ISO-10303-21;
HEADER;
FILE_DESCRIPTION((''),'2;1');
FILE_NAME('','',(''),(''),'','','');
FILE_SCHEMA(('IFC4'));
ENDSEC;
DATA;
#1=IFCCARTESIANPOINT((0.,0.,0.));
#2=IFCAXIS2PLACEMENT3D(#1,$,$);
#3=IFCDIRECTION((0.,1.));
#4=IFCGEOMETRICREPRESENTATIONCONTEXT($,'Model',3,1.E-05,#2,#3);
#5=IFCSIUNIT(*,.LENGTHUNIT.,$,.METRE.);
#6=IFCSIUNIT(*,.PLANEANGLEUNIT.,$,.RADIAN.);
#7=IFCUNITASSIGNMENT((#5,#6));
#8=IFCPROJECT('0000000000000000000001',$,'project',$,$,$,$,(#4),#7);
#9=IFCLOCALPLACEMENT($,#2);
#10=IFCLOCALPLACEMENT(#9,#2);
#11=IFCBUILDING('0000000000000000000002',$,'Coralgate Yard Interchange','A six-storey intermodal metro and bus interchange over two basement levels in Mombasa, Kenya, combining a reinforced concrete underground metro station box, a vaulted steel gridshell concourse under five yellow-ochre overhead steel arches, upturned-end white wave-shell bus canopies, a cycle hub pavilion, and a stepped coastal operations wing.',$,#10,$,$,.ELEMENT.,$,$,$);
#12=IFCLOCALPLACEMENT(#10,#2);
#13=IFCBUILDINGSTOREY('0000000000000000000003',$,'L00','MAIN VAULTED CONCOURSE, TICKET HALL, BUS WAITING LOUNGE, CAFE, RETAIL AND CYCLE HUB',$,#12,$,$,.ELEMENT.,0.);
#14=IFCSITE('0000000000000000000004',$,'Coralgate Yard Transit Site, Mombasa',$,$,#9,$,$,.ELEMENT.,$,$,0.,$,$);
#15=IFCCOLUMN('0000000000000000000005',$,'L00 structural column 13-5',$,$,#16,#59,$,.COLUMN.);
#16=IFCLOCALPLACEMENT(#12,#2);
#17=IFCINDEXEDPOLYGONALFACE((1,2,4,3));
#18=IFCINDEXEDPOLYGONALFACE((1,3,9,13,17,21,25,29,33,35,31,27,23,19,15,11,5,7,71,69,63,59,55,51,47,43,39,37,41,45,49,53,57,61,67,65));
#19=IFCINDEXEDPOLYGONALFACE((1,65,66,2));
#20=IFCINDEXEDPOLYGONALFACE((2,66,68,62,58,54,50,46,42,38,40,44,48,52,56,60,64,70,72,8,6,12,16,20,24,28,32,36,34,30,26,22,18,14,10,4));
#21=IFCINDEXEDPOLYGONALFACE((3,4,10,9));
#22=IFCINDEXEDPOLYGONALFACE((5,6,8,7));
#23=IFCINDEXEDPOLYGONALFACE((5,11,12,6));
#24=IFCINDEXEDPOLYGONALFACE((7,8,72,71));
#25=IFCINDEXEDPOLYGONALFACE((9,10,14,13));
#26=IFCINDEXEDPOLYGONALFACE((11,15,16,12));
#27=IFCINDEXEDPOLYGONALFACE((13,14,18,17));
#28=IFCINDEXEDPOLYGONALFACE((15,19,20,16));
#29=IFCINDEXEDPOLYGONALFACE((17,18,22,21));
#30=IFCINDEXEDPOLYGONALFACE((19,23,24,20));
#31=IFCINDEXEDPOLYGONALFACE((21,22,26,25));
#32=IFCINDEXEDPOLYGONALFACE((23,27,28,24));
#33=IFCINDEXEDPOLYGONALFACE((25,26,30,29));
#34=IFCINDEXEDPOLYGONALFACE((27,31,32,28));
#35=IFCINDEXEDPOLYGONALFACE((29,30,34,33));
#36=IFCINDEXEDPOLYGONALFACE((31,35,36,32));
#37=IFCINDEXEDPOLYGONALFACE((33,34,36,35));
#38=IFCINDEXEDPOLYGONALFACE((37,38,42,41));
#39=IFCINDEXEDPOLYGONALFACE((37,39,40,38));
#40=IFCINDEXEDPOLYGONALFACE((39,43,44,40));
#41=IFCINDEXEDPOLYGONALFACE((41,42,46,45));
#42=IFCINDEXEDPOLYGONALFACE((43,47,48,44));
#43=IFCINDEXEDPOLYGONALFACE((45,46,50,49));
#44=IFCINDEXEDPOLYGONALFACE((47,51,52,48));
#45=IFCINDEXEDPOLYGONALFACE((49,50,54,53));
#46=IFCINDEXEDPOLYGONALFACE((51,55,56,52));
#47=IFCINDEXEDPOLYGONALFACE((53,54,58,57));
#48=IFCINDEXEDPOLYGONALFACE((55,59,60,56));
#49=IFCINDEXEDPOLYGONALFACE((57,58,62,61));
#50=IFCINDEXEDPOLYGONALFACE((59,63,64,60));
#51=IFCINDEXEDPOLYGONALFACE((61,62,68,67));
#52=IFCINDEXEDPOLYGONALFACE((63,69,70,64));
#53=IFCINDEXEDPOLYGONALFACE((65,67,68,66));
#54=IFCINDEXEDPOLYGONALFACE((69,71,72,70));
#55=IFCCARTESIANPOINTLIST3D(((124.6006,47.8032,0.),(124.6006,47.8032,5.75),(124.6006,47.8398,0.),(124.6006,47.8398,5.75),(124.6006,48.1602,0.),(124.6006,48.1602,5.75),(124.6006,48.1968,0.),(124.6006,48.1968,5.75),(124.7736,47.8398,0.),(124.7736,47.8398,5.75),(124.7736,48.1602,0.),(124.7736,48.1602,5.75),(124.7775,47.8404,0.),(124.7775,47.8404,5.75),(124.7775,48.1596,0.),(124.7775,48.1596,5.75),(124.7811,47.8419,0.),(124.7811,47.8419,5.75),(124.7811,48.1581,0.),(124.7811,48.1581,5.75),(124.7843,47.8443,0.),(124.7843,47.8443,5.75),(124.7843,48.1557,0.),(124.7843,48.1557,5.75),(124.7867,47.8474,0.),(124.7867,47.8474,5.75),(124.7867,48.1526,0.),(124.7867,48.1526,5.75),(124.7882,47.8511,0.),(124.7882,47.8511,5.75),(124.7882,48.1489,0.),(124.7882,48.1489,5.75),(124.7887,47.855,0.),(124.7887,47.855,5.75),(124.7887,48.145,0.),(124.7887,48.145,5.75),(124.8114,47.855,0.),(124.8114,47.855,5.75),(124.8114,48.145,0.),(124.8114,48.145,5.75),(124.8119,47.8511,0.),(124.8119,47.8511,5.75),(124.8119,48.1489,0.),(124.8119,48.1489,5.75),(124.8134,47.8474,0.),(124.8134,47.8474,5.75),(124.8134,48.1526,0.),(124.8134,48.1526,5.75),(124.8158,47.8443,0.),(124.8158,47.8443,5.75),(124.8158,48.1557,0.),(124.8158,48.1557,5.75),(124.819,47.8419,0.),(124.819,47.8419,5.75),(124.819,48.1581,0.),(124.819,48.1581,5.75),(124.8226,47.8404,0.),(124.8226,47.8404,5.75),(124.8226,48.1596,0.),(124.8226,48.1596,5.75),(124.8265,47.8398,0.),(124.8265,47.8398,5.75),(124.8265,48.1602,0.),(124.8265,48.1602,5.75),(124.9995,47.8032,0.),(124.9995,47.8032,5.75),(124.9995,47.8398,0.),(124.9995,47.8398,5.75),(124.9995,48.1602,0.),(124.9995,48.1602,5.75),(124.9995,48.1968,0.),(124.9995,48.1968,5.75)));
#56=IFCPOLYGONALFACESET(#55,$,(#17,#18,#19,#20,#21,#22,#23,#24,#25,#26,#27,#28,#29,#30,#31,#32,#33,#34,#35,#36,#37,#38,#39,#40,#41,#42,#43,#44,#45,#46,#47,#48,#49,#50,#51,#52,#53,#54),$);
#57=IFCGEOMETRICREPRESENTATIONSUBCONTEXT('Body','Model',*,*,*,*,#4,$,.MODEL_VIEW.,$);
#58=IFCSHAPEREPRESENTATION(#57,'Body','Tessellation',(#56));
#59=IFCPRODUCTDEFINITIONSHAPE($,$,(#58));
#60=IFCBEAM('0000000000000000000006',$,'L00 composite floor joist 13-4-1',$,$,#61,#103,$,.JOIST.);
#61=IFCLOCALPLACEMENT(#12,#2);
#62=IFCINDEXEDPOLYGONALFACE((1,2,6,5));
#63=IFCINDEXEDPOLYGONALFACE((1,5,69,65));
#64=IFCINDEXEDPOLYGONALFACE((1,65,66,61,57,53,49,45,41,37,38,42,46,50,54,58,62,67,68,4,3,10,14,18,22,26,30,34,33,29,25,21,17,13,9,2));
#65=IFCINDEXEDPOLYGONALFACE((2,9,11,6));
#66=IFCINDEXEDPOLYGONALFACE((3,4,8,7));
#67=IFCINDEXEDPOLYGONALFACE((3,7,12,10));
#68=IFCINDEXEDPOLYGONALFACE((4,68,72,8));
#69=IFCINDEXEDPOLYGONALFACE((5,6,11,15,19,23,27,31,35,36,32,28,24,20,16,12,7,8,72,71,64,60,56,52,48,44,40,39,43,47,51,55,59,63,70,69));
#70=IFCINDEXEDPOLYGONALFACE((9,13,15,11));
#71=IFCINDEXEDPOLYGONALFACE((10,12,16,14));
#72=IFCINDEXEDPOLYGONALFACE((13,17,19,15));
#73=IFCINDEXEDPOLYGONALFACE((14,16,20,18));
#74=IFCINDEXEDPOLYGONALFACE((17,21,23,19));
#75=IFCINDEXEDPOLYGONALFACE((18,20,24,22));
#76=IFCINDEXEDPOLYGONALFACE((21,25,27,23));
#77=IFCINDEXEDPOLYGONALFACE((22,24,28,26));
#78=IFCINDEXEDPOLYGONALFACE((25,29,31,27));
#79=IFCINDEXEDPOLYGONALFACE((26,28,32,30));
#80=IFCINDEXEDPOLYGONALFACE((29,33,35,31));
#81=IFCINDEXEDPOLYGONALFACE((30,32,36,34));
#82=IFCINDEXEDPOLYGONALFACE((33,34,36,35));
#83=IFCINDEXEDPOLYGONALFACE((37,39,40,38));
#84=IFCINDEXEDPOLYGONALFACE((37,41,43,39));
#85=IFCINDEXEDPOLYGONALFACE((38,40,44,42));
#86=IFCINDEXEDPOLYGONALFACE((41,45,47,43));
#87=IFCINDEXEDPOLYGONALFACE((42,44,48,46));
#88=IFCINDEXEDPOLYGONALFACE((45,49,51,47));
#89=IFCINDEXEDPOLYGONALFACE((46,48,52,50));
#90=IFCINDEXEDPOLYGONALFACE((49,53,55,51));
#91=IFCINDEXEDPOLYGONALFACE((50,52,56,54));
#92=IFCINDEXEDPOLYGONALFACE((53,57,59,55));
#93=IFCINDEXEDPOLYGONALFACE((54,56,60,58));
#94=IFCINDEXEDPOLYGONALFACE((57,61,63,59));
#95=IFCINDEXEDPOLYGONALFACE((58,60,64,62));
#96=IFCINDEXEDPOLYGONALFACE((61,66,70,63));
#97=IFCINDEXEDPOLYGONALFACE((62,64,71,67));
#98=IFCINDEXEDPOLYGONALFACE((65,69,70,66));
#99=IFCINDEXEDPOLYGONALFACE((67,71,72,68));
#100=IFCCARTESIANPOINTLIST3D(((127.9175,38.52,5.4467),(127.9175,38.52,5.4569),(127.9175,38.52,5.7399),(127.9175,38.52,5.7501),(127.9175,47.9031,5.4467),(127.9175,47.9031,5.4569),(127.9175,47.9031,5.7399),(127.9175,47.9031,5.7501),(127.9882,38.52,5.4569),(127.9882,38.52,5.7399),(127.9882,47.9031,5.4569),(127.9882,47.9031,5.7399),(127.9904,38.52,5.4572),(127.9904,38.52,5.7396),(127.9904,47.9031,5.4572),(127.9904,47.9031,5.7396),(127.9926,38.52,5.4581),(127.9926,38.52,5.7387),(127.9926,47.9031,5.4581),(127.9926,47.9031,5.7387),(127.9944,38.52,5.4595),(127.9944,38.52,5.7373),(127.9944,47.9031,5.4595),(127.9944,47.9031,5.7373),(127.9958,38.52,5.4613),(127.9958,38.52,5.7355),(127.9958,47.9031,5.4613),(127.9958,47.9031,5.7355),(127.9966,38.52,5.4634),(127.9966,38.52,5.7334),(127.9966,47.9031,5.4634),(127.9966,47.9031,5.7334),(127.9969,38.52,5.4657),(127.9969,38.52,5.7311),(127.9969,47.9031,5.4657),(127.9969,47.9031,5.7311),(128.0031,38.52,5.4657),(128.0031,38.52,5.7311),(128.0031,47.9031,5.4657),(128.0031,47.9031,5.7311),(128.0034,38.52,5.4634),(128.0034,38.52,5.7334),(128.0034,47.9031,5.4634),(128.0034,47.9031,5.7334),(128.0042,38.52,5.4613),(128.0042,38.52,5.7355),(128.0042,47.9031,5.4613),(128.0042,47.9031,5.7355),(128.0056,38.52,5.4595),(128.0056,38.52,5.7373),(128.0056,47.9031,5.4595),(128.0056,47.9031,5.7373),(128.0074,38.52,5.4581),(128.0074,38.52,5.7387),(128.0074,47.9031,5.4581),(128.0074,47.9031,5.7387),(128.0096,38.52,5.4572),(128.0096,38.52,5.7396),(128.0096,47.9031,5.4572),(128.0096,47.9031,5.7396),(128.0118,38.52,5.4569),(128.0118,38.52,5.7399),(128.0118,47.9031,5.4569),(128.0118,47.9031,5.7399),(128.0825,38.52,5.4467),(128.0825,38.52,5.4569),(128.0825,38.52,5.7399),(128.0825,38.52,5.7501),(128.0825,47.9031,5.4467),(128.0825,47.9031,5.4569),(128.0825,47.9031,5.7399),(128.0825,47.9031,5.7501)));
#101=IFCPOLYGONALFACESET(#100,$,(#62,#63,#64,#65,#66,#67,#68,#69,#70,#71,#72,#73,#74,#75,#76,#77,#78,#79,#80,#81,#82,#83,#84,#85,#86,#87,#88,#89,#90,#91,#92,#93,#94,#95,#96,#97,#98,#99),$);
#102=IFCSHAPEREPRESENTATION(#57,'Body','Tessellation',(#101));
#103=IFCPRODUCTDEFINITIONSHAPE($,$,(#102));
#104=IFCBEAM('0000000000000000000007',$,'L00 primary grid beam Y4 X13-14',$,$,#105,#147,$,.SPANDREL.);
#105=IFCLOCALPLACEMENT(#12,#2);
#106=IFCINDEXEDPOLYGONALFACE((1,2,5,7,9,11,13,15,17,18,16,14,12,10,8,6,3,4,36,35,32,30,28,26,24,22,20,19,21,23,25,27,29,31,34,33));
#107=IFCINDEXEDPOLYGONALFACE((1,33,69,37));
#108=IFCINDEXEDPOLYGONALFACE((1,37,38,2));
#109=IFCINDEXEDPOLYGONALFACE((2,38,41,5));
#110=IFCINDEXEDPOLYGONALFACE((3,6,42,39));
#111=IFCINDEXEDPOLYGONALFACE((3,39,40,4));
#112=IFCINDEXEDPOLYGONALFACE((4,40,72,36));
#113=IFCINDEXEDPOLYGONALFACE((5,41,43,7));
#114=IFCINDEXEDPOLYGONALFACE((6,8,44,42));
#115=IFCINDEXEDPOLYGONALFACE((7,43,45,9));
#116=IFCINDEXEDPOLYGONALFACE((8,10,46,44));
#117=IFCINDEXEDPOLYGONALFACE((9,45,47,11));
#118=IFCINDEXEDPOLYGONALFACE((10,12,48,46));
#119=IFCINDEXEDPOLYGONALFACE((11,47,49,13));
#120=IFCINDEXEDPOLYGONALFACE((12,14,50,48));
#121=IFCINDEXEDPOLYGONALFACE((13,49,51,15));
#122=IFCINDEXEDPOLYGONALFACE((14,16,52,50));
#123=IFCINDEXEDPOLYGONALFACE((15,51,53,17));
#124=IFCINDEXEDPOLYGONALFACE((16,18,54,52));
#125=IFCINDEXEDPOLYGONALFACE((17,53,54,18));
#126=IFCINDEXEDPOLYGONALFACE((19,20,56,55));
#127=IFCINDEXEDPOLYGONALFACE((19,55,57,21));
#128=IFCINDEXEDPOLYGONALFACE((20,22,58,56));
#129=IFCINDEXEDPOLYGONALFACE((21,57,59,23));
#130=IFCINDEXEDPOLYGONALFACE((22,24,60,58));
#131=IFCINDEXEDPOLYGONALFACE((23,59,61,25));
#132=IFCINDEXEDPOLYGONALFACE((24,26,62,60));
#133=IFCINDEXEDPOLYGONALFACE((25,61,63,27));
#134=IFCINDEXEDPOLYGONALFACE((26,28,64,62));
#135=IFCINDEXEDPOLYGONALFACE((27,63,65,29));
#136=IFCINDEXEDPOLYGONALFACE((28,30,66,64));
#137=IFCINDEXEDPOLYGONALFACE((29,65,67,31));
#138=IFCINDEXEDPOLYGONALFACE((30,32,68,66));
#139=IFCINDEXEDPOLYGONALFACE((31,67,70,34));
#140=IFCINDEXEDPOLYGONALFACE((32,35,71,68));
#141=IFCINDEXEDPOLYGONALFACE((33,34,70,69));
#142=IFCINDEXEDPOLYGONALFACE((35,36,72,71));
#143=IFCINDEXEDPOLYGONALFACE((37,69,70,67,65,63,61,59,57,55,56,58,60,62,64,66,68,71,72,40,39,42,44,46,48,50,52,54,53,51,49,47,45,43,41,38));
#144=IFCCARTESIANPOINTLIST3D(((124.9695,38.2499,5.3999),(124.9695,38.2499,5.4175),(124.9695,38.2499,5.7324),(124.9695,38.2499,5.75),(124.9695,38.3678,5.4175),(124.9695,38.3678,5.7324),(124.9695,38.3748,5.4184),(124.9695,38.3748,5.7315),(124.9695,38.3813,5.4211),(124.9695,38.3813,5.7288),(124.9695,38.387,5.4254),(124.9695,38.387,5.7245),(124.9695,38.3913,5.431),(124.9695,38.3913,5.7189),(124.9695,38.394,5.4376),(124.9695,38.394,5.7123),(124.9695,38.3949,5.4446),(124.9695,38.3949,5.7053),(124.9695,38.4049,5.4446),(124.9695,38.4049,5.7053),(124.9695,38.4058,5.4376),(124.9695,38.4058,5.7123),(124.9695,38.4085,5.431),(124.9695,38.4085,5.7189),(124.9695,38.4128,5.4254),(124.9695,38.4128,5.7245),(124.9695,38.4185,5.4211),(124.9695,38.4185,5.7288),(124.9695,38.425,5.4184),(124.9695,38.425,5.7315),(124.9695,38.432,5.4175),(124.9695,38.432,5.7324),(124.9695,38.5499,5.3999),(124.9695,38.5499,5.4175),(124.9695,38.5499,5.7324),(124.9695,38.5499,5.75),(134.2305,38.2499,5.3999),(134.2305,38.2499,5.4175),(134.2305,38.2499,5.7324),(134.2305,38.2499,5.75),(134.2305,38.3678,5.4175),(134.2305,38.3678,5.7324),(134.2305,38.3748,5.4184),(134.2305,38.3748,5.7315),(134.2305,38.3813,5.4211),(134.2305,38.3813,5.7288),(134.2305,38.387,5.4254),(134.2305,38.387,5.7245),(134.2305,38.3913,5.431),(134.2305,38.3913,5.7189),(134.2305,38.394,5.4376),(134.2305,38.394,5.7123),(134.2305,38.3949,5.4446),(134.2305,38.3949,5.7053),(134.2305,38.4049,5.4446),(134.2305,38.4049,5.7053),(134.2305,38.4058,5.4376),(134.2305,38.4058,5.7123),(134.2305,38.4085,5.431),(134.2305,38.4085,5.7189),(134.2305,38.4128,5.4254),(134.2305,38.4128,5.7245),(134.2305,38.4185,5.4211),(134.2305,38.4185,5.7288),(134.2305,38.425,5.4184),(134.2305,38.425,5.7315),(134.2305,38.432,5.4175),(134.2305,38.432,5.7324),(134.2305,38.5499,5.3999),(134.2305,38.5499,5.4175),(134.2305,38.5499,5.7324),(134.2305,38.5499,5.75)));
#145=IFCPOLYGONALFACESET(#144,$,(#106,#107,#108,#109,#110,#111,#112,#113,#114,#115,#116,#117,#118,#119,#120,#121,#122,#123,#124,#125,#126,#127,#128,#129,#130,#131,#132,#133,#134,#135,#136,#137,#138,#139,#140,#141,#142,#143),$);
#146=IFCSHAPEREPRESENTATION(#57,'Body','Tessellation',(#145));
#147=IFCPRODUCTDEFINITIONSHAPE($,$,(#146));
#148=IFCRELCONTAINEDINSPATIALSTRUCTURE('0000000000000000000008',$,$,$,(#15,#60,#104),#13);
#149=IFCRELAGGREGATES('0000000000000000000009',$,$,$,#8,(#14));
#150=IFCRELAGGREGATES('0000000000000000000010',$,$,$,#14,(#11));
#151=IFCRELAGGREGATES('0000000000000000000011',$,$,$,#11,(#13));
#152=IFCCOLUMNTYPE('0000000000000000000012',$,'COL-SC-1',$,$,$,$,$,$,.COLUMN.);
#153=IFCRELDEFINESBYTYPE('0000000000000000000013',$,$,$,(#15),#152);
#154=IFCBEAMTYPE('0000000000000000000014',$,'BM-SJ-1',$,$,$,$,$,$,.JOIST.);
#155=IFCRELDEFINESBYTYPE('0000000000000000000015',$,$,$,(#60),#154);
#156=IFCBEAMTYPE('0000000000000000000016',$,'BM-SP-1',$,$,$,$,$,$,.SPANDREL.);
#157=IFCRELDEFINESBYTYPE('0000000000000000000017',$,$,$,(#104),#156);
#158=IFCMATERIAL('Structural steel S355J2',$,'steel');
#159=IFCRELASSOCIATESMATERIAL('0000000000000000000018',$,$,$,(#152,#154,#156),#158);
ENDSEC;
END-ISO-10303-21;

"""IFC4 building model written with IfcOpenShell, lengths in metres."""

from ifc_helpers import new_model, si_unit, direction, frame, origin, origin_2d, place, context, subcontext, project, spatial, i_section, extrude, material, material_profile, profile_set, type_object, element, save


model = new_model("IFC4")

# Units and contexts
model_context = context("Model", 3, precision=1e-05, world=origin(), true_north=direction((0.0, 1.0)))
body_context = subcontext(model_context, "Body", "Model", "MODEL_VIEW")
ifc_project = project(units=[si_unit("LENGTHUNIT", "METRE"), si_unit("PLANEANGLEUNIT", "RADIAN")], contexts=[model_context])

# Site, building, storey
site_placement = place(None, origin())
site = spatial("IfcSite", under=ifc_project, at=site_placement, Name="Coralgate Yard Transit Site, Mombasa", CompositionType="ELEMENT", RefElevation=0.0)
building_placement = place(site_placement, origin())
building = spatial("IfcBuilding", under=site, at=building_placement, Name="Coralgate Yard Interchange", Description="A six-storey intermodal metro and bus interchange over two basement levels in Mombasa, Kenya, combining a reinforced concrete underground metro station box, a vaulted steel gridshell concourse under five yellow-ochre overhead steel arches, upturned-end white wave-shell bus canopies, a cycle hub pavilion, and a stepped coastal operations wing.", CompositionType="ELEMENT")
storey_placement = place(building_placement, origin())
storey = spatial("IfcBuildingStorey", under=building, at=storey_placement, Name="L00", Description="MAIN VAULTED CONCOURSE, TICKET HALL, BUS WAITING LOUNGE, CAFE, RETAIL AND CYCLE HUB", CompositionType="ELEMENT", Elevation=0.0)

# Column
ifc_material_1 = material(Name="Structural steel S355J2", Category="steel")
ifc_material_profile_1 = material_profile(ifc_material_1, i_section(OverallWidth=0.3989, OverallDepth=0.3936, WebThickness=0.0227, FlangeThickness=0.0366, FilletRadius=0.0151, at=origin_2d()), Name="UC 356x406x287")
ifc_profile_set_1 = profile_set([ifc_material_profile_1], Name="Structural steel S355J2")
column_type = type_object("IfcColumnType", Name="COL-SC-1", PredefinedType="COLUMN", material=ifc_profile_set_1)
column_placement = place(storey_placement, frame((124.8, 48.0, 0.0), z_axis=(0.0, 0.0, 1.0), x_axis=(1.0, 0.0, 0.0)))
element("IfcColumn", 1, at=column_placement, inside=storey, type_object=column_type, Name="L00 structural column 13-5", PredefinedType="COLUMN", context=body_context, shape_type="SweptSolid", body=[
    extrude(i_section(OverallWidth=0.3989, OverallDepth=0.3936, WebThickness=0.0227, FlangeThickness=0.0366, FilletRadius=0.0151, at=origin_2d()), origin(), (0.0, 0.0, 1.0), 5.75),
])

# Beams
ifc_material_profile_2 = material_profile(ifc_material_1, i_section(OverallWidth=0.165, OverallDepth=0.3035, WebThickness=0.0061, FlangeThickness=0.0103, FilletRadius=0.0088, at=origin_2d()), Name="UB 305x165x40")
ifc_profile_set_2 = profile_set([ifc_material_profile_2], Name="Structural steel S355J2")
beam_type_1 = type_object("IfcBeamType", Name="BM-SJ-1", PredefinedType="JOIST", material=ifc_profile_set_2)
beam_1_placement = place(storey_placement, frame((128.0, 38.52, 5.5984), z_axis=(0.0, 1.0, 0.0), x_axis=(-1.0, 0.0, 0.0)))
element("IfcBeam", 2, at=beam_1_placement, inside=storey, type_object=beam_type_1, Name="L00 composite floor joist 13-4-1", PredefinedType="JOIST", context=body_context, shape_type="SweptSolid", body=[
    extrude(i_section(OverallWidth=0.165, OverallDepth=0.3035, WebThickness=0.0061, FlangeThickness=0.0103, FilletRadius=0.0088, at=origin_2d()), origin(), (0.0, 0.0, 1.0), 9.3831),
])
ifc_material_profile_3 = material_profile(ifc_material_1, i_section(OverallWidth=0.3, OverallDepth=0.3501, WebThickness=0.01, FlangeThickness=0.0176, FilletRadius=0.0271, at=origin_2d()), Name="HEA 360")
ifc_profile_set_3 = profile_set([ifc_material_profile_3], Name="Structural steel S355J2")
beam_type_2 = type_object("IfcBeamType", Name="BM-SP-1", PredefinedType="SPANDREL", material=ifc_profile_set_3)
beam_2_placement = place(storey_placement, frame((124.9695, 38.3999, 5.575), z_axis=(1.0, 0.0, 0.0), x_axis=(0.0, 1.0, 0.0)))
element("IfcBeam", 3, at=beam_2_placement, inside=storey, type_object=beam_type_2, Name="L00 primary grid beam Y4 X13-14", PredefinedType="SPANDREL", context=body_context, shape_type="SweptSolid", body=[
    extrude(i_section(OverallWidth=0.3, OverallDepth=0.3501, WebThickness=0.01, FlangeThickness=0.0176, FilletRadius=0.0271, at=origin_2d()), origin(), (0.0, 0.0, 1.0), 9.261),
])

save(model, "model.ifc")
